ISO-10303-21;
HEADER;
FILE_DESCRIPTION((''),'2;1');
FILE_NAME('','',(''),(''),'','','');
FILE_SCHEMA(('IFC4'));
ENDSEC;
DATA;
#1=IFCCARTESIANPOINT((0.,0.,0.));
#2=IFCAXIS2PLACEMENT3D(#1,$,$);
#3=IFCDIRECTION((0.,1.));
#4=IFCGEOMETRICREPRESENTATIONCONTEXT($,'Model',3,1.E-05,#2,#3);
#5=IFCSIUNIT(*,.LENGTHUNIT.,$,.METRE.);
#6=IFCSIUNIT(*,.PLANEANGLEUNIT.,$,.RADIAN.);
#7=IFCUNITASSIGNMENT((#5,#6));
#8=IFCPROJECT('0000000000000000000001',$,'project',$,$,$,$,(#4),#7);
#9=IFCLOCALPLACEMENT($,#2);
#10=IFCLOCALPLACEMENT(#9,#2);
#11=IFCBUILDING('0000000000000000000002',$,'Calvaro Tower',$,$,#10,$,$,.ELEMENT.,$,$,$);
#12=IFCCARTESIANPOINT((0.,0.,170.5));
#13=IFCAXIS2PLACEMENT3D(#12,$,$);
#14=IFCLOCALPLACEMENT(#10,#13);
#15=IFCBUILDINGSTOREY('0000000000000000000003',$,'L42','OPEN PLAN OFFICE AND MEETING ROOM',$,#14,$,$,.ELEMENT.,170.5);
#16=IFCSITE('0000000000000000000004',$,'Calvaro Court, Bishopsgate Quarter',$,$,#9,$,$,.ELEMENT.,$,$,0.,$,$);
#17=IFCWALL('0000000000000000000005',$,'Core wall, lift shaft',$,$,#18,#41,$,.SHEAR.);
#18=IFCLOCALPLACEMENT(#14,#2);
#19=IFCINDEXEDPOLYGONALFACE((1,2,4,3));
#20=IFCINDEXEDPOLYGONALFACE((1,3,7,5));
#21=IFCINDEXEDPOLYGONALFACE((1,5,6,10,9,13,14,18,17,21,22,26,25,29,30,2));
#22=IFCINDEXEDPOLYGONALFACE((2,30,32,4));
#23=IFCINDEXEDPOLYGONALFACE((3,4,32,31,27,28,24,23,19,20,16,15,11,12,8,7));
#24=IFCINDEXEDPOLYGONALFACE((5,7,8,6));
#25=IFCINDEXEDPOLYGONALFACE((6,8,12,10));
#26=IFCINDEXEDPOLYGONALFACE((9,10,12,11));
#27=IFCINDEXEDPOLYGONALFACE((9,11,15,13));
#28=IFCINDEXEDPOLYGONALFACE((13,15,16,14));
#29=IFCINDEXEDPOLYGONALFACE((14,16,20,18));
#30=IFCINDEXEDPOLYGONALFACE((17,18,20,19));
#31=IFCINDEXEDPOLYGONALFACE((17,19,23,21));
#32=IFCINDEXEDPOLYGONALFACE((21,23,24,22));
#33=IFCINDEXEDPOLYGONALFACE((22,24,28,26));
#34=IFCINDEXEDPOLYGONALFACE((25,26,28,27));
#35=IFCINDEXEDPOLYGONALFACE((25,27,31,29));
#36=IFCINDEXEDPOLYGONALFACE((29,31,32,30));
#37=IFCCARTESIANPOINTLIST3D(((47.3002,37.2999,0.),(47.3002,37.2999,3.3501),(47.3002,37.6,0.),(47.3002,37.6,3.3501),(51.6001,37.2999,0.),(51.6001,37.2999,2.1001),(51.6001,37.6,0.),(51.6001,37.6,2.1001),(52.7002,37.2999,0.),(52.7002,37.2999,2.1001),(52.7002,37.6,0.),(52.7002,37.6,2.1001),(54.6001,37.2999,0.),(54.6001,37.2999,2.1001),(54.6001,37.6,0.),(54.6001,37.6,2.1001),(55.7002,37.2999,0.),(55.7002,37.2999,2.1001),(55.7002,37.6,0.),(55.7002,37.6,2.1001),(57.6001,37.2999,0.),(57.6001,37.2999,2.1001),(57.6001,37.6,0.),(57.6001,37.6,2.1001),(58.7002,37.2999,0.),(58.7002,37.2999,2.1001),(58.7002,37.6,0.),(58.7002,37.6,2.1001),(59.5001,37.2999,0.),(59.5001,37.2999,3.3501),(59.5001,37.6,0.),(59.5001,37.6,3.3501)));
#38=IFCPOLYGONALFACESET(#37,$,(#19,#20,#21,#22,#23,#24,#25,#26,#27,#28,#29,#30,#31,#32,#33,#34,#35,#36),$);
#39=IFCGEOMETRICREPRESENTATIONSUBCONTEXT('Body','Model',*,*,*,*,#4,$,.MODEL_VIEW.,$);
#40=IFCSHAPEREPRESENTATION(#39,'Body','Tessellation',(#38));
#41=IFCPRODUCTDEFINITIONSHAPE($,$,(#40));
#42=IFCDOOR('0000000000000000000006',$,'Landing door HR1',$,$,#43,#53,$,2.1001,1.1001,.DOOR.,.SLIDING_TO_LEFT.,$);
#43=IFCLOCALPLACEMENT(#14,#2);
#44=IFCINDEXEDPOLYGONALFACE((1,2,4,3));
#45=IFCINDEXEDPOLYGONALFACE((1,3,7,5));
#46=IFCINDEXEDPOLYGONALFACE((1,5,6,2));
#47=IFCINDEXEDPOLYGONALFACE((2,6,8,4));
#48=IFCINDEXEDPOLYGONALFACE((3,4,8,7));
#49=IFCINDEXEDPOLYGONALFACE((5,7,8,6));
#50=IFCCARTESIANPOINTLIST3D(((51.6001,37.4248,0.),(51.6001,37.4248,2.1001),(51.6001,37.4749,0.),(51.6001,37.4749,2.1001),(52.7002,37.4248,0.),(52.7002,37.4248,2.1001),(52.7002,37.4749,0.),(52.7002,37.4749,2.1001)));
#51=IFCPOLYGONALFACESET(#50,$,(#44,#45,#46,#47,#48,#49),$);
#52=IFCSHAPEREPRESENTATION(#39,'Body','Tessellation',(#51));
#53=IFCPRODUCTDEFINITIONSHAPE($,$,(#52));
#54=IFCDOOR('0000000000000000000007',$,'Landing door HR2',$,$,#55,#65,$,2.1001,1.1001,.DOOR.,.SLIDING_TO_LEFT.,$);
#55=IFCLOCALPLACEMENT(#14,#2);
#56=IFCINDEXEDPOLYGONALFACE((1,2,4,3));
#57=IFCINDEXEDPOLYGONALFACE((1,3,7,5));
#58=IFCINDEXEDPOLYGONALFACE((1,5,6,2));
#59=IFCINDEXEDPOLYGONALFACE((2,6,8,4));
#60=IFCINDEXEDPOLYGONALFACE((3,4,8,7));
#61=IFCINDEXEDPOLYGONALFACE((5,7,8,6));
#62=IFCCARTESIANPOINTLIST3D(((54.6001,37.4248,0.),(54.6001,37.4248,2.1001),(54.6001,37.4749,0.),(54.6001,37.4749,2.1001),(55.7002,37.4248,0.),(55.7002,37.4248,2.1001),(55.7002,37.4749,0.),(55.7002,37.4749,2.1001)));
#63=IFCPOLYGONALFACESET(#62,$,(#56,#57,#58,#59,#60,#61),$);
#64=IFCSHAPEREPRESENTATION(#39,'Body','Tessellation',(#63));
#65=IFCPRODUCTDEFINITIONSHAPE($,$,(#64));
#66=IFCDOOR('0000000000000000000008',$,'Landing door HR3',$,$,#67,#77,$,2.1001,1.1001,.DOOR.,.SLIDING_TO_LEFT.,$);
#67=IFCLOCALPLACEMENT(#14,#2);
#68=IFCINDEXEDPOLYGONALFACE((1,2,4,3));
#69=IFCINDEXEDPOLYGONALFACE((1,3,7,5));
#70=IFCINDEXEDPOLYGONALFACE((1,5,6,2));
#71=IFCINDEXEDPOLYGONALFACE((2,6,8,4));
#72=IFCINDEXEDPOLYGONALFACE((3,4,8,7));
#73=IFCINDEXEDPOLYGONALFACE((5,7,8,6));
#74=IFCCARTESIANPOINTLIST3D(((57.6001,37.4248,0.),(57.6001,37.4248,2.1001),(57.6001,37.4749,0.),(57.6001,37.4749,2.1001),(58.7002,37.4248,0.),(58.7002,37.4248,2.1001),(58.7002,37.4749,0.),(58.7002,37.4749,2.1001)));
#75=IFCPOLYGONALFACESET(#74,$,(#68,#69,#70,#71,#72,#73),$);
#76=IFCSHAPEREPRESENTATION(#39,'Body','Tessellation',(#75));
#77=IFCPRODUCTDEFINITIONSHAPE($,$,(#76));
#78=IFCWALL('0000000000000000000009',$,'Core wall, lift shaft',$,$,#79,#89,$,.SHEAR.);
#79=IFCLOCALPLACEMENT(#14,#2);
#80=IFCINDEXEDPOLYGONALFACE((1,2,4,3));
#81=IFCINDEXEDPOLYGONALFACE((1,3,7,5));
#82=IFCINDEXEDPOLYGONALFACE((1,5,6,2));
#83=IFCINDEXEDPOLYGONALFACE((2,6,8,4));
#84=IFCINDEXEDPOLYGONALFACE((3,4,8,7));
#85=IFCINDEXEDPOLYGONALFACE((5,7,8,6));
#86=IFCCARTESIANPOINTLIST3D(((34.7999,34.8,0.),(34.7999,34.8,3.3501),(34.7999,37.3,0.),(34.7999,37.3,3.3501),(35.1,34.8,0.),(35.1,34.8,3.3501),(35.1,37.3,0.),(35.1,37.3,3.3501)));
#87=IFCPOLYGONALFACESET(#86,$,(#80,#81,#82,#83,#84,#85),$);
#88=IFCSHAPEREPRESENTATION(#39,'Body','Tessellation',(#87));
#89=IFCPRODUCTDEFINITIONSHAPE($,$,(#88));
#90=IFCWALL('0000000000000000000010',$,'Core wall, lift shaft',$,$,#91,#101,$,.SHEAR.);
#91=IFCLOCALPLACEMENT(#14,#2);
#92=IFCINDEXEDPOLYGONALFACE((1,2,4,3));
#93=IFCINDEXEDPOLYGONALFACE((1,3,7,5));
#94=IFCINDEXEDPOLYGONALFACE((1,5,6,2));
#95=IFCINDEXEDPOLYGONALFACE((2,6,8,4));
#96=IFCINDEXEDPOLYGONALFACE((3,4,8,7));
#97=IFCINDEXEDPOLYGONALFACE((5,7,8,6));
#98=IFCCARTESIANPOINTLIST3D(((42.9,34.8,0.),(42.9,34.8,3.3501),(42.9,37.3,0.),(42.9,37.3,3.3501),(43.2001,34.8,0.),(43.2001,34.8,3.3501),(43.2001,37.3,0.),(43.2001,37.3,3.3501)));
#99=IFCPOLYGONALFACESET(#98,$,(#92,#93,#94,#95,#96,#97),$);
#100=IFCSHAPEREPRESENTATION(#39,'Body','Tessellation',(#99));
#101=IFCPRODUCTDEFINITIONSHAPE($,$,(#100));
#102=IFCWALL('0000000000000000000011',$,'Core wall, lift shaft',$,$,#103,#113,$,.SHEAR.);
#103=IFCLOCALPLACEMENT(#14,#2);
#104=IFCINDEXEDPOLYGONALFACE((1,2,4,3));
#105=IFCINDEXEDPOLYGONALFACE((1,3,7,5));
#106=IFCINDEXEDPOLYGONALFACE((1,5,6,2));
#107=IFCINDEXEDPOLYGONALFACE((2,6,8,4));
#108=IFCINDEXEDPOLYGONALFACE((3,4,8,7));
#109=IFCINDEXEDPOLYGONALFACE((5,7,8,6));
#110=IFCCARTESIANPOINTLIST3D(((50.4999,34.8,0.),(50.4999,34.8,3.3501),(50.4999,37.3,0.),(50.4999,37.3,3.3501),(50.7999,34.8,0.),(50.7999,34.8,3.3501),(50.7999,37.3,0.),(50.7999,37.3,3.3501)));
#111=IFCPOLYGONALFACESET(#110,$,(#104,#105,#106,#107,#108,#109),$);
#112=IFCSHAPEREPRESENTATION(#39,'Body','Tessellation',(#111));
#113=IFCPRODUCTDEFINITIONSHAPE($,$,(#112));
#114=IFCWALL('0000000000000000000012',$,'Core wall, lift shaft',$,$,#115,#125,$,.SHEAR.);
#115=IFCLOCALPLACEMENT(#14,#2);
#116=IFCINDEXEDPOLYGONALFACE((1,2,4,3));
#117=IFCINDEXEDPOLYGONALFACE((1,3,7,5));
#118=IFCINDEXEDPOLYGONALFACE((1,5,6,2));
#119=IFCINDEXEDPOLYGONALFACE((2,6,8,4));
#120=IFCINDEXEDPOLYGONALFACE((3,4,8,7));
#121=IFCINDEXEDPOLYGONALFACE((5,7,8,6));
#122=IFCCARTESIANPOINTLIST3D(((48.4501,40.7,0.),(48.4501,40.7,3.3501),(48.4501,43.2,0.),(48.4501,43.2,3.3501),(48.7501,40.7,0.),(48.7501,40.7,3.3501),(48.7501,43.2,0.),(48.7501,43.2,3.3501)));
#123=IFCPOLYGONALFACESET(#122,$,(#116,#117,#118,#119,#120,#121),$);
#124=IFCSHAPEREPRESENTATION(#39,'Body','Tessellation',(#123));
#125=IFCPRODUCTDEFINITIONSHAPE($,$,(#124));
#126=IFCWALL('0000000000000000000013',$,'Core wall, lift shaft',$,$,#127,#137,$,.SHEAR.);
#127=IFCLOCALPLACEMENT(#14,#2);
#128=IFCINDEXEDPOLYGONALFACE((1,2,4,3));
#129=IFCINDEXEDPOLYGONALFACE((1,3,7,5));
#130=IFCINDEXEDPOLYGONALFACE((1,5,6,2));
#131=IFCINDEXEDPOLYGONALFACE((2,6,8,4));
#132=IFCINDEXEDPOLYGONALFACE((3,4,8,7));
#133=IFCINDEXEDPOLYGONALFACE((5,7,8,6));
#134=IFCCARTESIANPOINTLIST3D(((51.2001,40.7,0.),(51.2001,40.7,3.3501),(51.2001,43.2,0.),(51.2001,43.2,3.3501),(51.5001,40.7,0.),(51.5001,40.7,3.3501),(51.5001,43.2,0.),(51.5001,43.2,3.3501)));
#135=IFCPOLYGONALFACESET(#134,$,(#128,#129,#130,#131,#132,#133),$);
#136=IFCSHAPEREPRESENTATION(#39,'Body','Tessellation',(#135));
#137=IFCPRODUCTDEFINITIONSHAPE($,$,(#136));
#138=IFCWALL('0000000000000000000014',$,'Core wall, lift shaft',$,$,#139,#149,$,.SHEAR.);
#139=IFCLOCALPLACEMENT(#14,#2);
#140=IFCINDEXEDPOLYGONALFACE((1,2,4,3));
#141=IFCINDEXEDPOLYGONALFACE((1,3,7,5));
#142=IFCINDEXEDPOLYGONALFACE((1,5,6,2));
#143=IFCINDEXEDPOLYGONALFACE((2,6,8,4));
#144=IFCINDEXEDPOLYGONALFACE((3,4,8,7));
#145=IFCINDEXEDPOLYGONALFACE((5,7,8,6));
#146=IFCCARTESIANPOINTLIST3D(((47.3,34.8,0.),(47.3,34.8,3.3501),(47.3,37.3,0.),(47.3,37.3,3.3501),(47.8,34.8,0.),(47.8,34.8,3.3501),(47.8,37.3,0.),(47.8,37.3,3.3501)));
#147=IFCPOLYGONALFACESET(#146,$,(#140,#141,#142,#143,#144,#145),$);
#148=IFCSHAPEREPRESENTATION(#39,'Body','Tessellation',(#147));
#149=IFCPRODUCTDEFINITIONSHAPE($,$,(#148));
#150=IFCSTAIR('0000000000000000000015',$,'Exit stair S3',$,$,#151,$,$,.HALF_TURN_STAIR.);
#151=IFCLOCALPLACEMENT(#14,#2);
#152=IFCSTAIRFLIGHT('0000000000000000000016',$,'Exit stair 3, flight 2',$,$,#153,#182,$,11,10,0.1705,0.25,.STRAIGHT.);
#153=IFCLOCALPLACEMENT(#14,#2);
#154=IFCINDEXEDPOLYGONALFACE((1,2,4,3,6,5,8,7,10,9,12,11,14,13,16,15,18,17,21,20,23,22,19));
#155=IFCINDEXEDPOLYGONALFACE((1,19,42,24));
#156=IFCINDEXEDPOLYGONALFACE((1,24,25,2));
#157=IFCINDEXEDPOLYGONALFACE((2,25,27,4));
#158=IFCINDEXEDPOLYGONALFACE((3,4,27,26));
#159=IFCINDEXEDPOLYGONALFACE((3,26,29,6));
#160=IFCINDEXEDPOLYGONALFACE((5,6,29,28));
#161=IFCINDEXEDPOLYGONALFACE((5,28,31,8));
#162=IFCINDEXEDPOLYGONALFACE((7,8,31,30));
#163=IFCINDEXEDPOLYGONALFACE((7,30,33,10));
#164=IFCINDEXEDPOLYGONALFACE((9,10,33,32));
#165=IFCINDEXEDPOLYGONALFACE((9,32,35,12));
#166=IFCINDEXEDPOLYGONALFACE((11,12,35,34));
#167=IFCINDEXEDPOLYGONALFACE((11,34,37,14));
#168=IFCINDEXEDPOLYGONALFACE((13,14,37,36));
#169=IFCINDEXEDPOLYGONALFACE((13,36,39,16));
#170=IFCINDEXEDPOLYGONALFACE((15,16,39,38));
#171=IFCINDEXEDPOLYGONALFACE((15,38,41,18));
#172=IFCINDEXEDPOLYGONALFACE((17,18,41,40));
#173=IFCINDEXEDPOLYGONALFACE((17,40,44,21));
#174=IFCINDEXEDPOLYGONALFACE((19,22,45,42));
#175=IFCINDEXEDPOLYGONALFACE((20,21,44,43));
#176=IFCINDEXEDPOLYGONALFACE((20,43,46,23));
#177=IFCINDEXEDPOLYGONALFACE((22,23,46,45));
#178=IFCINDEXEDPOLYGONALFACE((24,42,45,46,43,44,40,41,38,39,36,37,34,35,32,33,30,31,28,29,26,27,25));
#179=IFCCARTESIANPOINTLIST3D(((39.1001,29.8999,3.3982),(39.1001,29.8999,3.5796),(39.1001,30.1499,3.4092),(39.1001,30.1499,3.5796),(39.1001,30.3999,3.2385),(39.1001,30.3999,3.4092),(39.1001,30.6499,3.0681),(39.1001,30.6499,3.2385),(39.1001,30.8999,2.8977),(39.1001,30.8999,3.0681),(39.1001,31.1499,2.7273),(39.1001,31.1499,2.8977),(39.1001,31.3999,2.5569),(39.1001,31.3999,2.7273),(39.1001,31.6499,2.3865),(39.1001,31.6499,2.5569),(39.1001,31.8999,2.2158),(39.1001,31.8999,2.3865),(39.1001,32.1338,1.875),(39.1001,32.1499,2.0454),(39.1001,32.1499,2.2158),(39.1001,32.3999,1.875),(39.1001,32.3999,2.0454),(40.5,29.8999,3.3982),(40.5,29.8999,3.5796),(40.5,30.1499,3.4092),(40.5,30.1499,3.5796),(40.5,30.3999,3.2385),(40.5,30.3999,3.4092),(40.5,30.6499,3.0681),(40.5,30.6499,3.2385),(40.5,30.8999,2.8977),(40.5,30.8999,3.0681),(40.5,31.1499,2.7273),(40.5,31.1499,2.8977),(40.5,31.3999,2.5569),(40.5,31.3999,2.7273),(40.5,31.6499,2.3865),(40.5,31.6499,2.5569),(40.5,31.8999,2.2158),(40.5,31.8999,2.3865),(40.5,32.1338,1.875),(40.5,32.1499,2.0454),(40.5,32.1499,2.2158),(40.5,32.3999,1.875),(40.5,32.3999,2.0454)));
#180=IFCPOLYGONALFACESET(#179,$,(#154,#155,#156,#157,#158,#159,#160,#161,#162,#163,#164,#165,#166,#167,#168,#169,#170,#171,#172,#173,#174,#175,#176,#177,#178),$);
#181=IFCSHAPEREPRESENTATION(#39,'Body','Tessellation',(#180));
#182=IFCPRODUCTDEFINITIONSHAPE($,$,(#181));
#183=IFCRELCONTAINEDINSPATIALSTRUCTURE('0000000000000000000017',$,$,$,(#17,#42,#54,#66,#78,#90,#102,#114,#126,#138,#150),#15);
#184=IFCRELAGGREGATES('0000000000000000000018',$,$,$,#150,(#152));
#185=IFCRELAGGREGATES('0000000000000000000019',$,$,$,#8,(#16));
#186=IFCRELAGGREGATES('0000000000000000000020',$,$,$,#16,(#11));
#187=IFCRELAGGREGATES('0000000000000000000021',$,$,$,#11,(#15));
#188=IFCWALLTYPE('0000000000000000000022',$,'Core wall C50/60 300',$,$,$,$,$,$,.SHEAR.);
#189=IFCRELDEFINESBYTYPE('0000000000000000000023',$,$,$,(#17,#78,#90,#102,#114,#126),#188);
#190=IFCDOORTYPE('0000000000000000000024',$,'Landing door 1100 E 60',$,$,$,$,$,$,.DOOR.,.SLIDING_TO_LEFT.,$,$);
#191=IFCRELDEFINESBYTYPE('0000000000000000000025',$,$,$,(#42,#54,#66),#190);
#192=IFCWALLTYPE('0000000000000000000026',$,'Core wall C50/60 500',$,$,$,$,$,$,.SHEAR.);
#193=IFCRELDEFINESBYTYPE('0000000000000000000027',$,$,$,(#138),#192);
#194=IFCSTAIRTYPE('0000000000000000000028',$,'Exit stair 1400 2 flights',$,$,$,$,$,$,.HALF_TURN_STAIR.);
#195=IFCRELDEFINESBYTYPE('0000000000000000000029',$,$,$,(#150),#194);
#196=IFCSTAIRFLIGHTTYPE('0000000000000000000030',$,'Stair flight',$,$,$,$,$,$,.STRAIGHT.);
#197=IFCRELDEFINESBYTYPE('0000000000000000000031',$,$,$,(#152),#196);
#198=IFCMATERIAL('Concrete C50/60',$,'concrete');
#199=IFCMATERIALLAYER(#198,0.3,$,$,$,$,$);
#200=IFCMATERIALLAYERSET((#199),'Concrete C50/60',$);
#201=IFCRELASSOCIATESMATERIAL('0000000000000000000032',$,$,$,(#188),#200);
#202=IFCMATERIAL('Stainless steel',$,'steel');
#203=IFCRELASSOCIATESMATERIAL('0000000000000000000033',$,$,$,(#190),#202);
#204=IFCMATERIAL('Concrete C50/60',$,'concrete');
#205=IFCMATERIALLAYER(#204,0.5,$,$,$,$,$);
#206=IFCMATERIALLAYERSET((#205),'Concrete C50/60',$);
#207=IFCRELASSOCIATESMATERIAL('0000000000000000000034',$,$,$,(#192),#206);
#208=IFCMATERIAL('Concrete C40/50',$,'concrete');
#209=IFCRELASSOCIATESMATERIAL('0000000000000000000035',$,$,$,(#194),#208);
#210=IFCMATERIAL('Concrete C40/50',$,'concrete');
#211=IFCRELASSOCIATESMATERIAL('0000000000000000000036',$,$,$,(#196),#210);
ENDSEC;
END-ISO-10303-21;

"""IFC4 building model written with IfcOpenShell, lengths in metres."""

from ifc_helpers import new_model, si_unit, direction, frame, frame_2d, origin, place, context, subcontext, project, spatial, polyline, rectangle, outline, extrude, material, layer, layer_set, type_object, element, fill, aggregate, save


model = new_model("IFC4")

# Units and contexts
model_context = context("Model", 3, precision=1e-05, world=origin(), true_north=direction((0.0, 1.0)))
body_context = subcontext(model_context, "Body", "Model", "MODEL_VIEW")
ifc_project = project(units=[si_unit("LENGTHUNIT", "METRE"), si_unit("PLANEANGLEUNIT", "RADIAN")], contexts=[model_context])

# Site, building, storey
site_placement = place(None, origin())
site = spatial("IfcSite", under=ifc_project, at=site_placement, Name="Calvaro Court, Bishopsgate Quarter", CompositionType="ELEMENT", RefElevation=0.0)
building_placement = place(site_placement, origin())
building = spatial("IfcBuilding", under=site, at=building_placement, Name="Calvaro Tower", CompositionType="ELEMENT")
storey_placement = place(building_placement, frame((0.0, 0.0, 170.5)))
storey = spatial("IfcBuildingStorey", under=building, at=storey_placement, Name="L42", Description="OPEN PLAN OFFICE AND MEETING ROOM", CompositionType="ELEMENT", Elevation=170.5)

# Shared definitions
ifc_material_1 = material(Name="Concrete C50/60", Category="concrete")
ifc_layer_1 = layer(ifc_material_1, 0.3)
ifc_layer_set_1 = layer_set([ifc_layer_1], Name="Concrete C50/60")
wall_type_1 = type_object("IfcWallType", Name="Core wall C50/60 300", PredefinedType="SHEAR", material=ifc_layer_set_1)
ifc_material_2 = material(Name="Stainless steel", Category="steel")
door_type_1 = type_object("IfcDoorType", Name="Landing door 1100 E 60", OperationType="SLIDING_TO_LEFT", PredefinedType="DOOR", material=ifc_material_2)

# Wall, openings, doors
wall_1_placement = place(storey_placement, frame((47.3, 37.45, 0.0), z_axis=(0.0, 0.0, 1.0), x_axis=(1.0, 0.0, 0.0)))
wall_1 = element("IfcWall", 1, at=wall_1_placement, inside=storey, type_object=wall_type_1, Name="Core wall, lift shaft", PredefinedType="SHEAR", context=body_context, shape_type="SweptSolid", body=[
    extrude(rectangle(XDim=12.2, YDim=0.3, at=frame_2d((6.1001, 0.0))), origin(), (0.0, 0.0, 1.0), 3.3501),
])
opening_1_placement = place(wall_1_placement, frame((4.3, 0.0, 0.0)))
opening_1 = element("IfcOpeningElement", 2, at=opening_1_placement, cuts=wall_1, PredefinedType="OPENING", context=body_context, shape_type="SweptSolid", body=[
    extrude(rectangle(XDim=1.1001, YDim=2.1001, at=frame_2d((0.55, 1.05))), frame((0.0, 0.1599, 0.0), z_axis=(0.0, -1.0, 0.0), x_axis=(1.0, 0.0, 0.0)), (0.0, 0.0, 1.0), 0.3201),
])
opening_2_placement = place(wall_1_placement, frame((7.3, 0.0, 0.0)))
opening_2 = element("IfcOpeningElement", 3, at=opening_2_placement, cuts=wall_1, PredefinedType="OPENING", context=body_context, shape_type="SweptSolid", body=[
    extrude(rectangle(XDim=1.1001, YDim=2.1001, at=frame_2d((0.55, 1.05))), frame((0.0, 0.1599, 0.0), z_axis=(0.0, -1.0, 0.0), x_axis=(1.0, 0.0, 0.0)), (0.0, 0.0, 1.0), 0.3201),
])
opening_3_placement = place(wall_1_placement, frame((10.3, 0.0, 0.0)))
opening_3 = element("IfcOpeningElement", 4, at=opening_3_placement, cuts=wall_1, PredefinedType="OPENING", context=body_context, shape_type="SweptSolid", body=[
    extrude(rectangle(XDim=1.1001, YDim=2.1001, at=frame_2d((0.55, 1.05))), frame((0.0, 0.1599, 0.0), z_axis=(0.0, -1.0, 0.0), x_axis=(1.0, 0.0, 0.0)), (0.0, 0.0, 1.0), 0.3201),
])
door_1_placement = place(opening_1_placement, origin())
door_1 = element("IfcDoor", 5, at=door_1_placement, inside=storey, type_object=door_type_1, Name="Landing door HR1", OperationType="SLIDING_TO_LEFT", OverallHeight=2.1001, OverallWidth=1.1001, PredefinedType="DOOR", context=body_context, shape_type="SweptSolid", body=[
    extrude(rectangle(XDim=1.1001, YDim=2.1001, at=frame_2d((0.55, 1.05))), frame((0.0, 0.0249, 0.0), z_axis=(0.0, -1.0, 0.0), x_axis=(1.0, 0.0, 0.0)), (0.0, 0.0, 1.0), 0.05),
])
fill(opening_1, door_1)
door_2_placement = place(opening_2_placement, origin())
door_2 = element("IfcDoor", 6, at=door_2_placement, inside=storey, type_object=door_type_1, Name="Landing door HR2", OperationType="SLIDING_TO_LEFT", OverallHeight=2.1001, OverallWidth=1.1001, PredefinedType="DOOR", context=body_context, shape_type="SweptSolid", body=[
    extrude(rectangle(XDim=1.1001, YDim=2.1001, at=frame_2d((0.55, 1.05))), frame((0.0, 0.0249, 0.0), z_axis=(0.0, -1.0, 0.0), x_axis=(1.0, 0.0, 0.0)), (0.0, 0.0, 1.0), 0.05),
])
fill(opening_2, door_2)
door_3_placement = place(opening_3_placement, origin())
door_3 = element("IfcDoor", 7, at=door_3_placement, inside=storey, type_object=door_type_1, Name="Landing door HR3", OperationType="SLIDING_TO_LEFT", OverallHeight=2.1001, OverallWidth=1.1001, PredefinedType="DOOR", context=body_context, shape_type="SweptSolid", body=[
    extrude(rectangle(XDim=1.1001, YDim=2.1001, at=frame_2d((0.55, 1.05))), frame((0.0, 0.0249, 0.0), z_axis=(0.0, -1.0, 0.0), x_axis=(1.0, 0.0, 0.0)), (0.0, 0.0, 1.0), 0.05),
])
fill(opening_3, door_3)

# Walls
for number, where, z_axis, x_axis, name in (
    (8, (34.95, 34.8, 0.0), (0.0, 0.0, 1.0), (0.0, 1.0, 0.0), "Core wall, lift shaft"),
    (9, (43.05, 34.8, 0.0), (0.0, 0.0, 1.0), (0.0, 1.0, 0.0), "Core wall, lift shaft"),
    (10, (50.6499, 34.8, 0.0), (0.0, 0.0, 1.0), (0.0, 1.0, 0.0), "Core wall, lift shaft"),
    (11, (48.6001, 40.7, 0.0), (0.0, 0.0, 1.0), (0.0, 1.0, 0.0), "Core wall, lift shaft"),
    (12, (51.3501, 40.7, 0.0), (0.0, 0.0, 1.0), (0.0, 1.0, 0.0), "Core wall, lift shaft"),
):
    element("IfcWall", number, at=place(storey_placement, frame(where, z_axis=z_axis, x_axis=x_axis)), inside=storey, type_object=wall_type_1, Name=name, PredefinedType="SHEAR", context=body_context, shape_type="SweptSolid", body=[
        extrude(rectangle(XDim=2.5, YDim=0.3, at=frame_2d((1.25, 0.0))), origin(), (0.0, 0.0, 1.0), 3.3501),
    ])
ifc_material_3 = material(Name="Concrete C50/60", Category="concrete")
ifc_layer_2 = layer(ifc_material_3, 0.5)
ifc_layer_set_2 = layer_set([ifc_layer_2], Name="Concrete C50/60")
wall_type_2 = type_object("IfcWallType", Name="Core wall C50/60 500", PredefinedType="SHEAR", material=ifc_layer_set_2)
wall_2_placement = place(storey_placement, frame((47.55, 34.8, 0.0), z_axis=(0.0, 0.0, 1.0), x_axis=(0.0, 1.0, 0.0)))
element("IfcWall", 13, at=wall_2_placement, inside=storey, type_object=wall_type_2, Name="Core wall, lift shaft", PredefinedType="SHEAR", context=body_context, shape_type="SweptSolid", body=[
    extrude(rectangle(XDim=2.5, YDim=0.5, at=frame_2d((1.25, 0.0))), origin(), (0.0, 0.0, 1.0), 3.3501),
])

# Stair, stair flight
ifc_material_4 = material(Name="Concrete C40/50", Category="concrete")
stair_type = type_object("IfcStairType", Name="Exit stair 1400 2 flights", PredefinedType="HALF_TURN_STAIR", material=ifc_material_4)
stair_1_placement = place(storey_placement, origin())
stair_1 = element("IfcStair", 14, at=stair_1_placement, inside=storey, type_object=stair_type, Name="Exit stair S3", PredefinedType="HALF_TURN_STAIR")
ifc_material_5 = material(Name="Concrete C40/50", Category="concrete")
stair_flight_type = type_object("IfcStairFlightType", Name="Stair flight", PredefinedType="STRAIGHT", material=ifc_material_5)
stair_flight_1_placement = place(storey_placement, frame((39.8, 32.3999, 1.875), z_axis=(0.0, 0.0, 1.0), x_axis=(0.0, -1.0, 0.0)))
stair_flight_1 = element("IfcStairFlight", 15, at=stair_flight_1_placement, type_object=stair_flight_type, Name="Exit stair 3, flight 2", NumberOfRisers=11, NumberOfTreads=10, PredefinedType="STRAIGHT", RiserHeight=0.1705, TreadLength=0.25, context=body_context, shape_type="SweptSolid", body=[
    extrude(outline(polyline([(0.0, 0.0), (0.0, 0.1704), (0.25, 0.1704), (0.25, 0.3408), (0.5, 0.3408), (0.5, 0.5115), (0.75, 0.5115), (0.75, 0.6819), (1.0, 0.6819), (1.0, 0.8523), (1.25, 0.8523), (1.25, 1.0227), (1.5, 1.0227), (1.5, 1.1931), (1.75, 1.1931), (1.75, 1.3635), (2.0, 1.3635), (2.0, 1.5342), (2.25, 1.5342), (2.25, 1.7046), (2.5, 1.7046), (2.5, 1.875), (2.5, 1.5232), (0.2661, 0.0), (0.0, 0.0)])), frame((0.0, 0.7, 0.0), z_axis=(0.0, -1.0, 0.0), x_axis=(1.0, 0.0, 0.0)), (0.0, 0.0, 1.0), 1.3999),
])

aggregate(stair_1, [stair_flight_1])

save(model, "model.ifc")
